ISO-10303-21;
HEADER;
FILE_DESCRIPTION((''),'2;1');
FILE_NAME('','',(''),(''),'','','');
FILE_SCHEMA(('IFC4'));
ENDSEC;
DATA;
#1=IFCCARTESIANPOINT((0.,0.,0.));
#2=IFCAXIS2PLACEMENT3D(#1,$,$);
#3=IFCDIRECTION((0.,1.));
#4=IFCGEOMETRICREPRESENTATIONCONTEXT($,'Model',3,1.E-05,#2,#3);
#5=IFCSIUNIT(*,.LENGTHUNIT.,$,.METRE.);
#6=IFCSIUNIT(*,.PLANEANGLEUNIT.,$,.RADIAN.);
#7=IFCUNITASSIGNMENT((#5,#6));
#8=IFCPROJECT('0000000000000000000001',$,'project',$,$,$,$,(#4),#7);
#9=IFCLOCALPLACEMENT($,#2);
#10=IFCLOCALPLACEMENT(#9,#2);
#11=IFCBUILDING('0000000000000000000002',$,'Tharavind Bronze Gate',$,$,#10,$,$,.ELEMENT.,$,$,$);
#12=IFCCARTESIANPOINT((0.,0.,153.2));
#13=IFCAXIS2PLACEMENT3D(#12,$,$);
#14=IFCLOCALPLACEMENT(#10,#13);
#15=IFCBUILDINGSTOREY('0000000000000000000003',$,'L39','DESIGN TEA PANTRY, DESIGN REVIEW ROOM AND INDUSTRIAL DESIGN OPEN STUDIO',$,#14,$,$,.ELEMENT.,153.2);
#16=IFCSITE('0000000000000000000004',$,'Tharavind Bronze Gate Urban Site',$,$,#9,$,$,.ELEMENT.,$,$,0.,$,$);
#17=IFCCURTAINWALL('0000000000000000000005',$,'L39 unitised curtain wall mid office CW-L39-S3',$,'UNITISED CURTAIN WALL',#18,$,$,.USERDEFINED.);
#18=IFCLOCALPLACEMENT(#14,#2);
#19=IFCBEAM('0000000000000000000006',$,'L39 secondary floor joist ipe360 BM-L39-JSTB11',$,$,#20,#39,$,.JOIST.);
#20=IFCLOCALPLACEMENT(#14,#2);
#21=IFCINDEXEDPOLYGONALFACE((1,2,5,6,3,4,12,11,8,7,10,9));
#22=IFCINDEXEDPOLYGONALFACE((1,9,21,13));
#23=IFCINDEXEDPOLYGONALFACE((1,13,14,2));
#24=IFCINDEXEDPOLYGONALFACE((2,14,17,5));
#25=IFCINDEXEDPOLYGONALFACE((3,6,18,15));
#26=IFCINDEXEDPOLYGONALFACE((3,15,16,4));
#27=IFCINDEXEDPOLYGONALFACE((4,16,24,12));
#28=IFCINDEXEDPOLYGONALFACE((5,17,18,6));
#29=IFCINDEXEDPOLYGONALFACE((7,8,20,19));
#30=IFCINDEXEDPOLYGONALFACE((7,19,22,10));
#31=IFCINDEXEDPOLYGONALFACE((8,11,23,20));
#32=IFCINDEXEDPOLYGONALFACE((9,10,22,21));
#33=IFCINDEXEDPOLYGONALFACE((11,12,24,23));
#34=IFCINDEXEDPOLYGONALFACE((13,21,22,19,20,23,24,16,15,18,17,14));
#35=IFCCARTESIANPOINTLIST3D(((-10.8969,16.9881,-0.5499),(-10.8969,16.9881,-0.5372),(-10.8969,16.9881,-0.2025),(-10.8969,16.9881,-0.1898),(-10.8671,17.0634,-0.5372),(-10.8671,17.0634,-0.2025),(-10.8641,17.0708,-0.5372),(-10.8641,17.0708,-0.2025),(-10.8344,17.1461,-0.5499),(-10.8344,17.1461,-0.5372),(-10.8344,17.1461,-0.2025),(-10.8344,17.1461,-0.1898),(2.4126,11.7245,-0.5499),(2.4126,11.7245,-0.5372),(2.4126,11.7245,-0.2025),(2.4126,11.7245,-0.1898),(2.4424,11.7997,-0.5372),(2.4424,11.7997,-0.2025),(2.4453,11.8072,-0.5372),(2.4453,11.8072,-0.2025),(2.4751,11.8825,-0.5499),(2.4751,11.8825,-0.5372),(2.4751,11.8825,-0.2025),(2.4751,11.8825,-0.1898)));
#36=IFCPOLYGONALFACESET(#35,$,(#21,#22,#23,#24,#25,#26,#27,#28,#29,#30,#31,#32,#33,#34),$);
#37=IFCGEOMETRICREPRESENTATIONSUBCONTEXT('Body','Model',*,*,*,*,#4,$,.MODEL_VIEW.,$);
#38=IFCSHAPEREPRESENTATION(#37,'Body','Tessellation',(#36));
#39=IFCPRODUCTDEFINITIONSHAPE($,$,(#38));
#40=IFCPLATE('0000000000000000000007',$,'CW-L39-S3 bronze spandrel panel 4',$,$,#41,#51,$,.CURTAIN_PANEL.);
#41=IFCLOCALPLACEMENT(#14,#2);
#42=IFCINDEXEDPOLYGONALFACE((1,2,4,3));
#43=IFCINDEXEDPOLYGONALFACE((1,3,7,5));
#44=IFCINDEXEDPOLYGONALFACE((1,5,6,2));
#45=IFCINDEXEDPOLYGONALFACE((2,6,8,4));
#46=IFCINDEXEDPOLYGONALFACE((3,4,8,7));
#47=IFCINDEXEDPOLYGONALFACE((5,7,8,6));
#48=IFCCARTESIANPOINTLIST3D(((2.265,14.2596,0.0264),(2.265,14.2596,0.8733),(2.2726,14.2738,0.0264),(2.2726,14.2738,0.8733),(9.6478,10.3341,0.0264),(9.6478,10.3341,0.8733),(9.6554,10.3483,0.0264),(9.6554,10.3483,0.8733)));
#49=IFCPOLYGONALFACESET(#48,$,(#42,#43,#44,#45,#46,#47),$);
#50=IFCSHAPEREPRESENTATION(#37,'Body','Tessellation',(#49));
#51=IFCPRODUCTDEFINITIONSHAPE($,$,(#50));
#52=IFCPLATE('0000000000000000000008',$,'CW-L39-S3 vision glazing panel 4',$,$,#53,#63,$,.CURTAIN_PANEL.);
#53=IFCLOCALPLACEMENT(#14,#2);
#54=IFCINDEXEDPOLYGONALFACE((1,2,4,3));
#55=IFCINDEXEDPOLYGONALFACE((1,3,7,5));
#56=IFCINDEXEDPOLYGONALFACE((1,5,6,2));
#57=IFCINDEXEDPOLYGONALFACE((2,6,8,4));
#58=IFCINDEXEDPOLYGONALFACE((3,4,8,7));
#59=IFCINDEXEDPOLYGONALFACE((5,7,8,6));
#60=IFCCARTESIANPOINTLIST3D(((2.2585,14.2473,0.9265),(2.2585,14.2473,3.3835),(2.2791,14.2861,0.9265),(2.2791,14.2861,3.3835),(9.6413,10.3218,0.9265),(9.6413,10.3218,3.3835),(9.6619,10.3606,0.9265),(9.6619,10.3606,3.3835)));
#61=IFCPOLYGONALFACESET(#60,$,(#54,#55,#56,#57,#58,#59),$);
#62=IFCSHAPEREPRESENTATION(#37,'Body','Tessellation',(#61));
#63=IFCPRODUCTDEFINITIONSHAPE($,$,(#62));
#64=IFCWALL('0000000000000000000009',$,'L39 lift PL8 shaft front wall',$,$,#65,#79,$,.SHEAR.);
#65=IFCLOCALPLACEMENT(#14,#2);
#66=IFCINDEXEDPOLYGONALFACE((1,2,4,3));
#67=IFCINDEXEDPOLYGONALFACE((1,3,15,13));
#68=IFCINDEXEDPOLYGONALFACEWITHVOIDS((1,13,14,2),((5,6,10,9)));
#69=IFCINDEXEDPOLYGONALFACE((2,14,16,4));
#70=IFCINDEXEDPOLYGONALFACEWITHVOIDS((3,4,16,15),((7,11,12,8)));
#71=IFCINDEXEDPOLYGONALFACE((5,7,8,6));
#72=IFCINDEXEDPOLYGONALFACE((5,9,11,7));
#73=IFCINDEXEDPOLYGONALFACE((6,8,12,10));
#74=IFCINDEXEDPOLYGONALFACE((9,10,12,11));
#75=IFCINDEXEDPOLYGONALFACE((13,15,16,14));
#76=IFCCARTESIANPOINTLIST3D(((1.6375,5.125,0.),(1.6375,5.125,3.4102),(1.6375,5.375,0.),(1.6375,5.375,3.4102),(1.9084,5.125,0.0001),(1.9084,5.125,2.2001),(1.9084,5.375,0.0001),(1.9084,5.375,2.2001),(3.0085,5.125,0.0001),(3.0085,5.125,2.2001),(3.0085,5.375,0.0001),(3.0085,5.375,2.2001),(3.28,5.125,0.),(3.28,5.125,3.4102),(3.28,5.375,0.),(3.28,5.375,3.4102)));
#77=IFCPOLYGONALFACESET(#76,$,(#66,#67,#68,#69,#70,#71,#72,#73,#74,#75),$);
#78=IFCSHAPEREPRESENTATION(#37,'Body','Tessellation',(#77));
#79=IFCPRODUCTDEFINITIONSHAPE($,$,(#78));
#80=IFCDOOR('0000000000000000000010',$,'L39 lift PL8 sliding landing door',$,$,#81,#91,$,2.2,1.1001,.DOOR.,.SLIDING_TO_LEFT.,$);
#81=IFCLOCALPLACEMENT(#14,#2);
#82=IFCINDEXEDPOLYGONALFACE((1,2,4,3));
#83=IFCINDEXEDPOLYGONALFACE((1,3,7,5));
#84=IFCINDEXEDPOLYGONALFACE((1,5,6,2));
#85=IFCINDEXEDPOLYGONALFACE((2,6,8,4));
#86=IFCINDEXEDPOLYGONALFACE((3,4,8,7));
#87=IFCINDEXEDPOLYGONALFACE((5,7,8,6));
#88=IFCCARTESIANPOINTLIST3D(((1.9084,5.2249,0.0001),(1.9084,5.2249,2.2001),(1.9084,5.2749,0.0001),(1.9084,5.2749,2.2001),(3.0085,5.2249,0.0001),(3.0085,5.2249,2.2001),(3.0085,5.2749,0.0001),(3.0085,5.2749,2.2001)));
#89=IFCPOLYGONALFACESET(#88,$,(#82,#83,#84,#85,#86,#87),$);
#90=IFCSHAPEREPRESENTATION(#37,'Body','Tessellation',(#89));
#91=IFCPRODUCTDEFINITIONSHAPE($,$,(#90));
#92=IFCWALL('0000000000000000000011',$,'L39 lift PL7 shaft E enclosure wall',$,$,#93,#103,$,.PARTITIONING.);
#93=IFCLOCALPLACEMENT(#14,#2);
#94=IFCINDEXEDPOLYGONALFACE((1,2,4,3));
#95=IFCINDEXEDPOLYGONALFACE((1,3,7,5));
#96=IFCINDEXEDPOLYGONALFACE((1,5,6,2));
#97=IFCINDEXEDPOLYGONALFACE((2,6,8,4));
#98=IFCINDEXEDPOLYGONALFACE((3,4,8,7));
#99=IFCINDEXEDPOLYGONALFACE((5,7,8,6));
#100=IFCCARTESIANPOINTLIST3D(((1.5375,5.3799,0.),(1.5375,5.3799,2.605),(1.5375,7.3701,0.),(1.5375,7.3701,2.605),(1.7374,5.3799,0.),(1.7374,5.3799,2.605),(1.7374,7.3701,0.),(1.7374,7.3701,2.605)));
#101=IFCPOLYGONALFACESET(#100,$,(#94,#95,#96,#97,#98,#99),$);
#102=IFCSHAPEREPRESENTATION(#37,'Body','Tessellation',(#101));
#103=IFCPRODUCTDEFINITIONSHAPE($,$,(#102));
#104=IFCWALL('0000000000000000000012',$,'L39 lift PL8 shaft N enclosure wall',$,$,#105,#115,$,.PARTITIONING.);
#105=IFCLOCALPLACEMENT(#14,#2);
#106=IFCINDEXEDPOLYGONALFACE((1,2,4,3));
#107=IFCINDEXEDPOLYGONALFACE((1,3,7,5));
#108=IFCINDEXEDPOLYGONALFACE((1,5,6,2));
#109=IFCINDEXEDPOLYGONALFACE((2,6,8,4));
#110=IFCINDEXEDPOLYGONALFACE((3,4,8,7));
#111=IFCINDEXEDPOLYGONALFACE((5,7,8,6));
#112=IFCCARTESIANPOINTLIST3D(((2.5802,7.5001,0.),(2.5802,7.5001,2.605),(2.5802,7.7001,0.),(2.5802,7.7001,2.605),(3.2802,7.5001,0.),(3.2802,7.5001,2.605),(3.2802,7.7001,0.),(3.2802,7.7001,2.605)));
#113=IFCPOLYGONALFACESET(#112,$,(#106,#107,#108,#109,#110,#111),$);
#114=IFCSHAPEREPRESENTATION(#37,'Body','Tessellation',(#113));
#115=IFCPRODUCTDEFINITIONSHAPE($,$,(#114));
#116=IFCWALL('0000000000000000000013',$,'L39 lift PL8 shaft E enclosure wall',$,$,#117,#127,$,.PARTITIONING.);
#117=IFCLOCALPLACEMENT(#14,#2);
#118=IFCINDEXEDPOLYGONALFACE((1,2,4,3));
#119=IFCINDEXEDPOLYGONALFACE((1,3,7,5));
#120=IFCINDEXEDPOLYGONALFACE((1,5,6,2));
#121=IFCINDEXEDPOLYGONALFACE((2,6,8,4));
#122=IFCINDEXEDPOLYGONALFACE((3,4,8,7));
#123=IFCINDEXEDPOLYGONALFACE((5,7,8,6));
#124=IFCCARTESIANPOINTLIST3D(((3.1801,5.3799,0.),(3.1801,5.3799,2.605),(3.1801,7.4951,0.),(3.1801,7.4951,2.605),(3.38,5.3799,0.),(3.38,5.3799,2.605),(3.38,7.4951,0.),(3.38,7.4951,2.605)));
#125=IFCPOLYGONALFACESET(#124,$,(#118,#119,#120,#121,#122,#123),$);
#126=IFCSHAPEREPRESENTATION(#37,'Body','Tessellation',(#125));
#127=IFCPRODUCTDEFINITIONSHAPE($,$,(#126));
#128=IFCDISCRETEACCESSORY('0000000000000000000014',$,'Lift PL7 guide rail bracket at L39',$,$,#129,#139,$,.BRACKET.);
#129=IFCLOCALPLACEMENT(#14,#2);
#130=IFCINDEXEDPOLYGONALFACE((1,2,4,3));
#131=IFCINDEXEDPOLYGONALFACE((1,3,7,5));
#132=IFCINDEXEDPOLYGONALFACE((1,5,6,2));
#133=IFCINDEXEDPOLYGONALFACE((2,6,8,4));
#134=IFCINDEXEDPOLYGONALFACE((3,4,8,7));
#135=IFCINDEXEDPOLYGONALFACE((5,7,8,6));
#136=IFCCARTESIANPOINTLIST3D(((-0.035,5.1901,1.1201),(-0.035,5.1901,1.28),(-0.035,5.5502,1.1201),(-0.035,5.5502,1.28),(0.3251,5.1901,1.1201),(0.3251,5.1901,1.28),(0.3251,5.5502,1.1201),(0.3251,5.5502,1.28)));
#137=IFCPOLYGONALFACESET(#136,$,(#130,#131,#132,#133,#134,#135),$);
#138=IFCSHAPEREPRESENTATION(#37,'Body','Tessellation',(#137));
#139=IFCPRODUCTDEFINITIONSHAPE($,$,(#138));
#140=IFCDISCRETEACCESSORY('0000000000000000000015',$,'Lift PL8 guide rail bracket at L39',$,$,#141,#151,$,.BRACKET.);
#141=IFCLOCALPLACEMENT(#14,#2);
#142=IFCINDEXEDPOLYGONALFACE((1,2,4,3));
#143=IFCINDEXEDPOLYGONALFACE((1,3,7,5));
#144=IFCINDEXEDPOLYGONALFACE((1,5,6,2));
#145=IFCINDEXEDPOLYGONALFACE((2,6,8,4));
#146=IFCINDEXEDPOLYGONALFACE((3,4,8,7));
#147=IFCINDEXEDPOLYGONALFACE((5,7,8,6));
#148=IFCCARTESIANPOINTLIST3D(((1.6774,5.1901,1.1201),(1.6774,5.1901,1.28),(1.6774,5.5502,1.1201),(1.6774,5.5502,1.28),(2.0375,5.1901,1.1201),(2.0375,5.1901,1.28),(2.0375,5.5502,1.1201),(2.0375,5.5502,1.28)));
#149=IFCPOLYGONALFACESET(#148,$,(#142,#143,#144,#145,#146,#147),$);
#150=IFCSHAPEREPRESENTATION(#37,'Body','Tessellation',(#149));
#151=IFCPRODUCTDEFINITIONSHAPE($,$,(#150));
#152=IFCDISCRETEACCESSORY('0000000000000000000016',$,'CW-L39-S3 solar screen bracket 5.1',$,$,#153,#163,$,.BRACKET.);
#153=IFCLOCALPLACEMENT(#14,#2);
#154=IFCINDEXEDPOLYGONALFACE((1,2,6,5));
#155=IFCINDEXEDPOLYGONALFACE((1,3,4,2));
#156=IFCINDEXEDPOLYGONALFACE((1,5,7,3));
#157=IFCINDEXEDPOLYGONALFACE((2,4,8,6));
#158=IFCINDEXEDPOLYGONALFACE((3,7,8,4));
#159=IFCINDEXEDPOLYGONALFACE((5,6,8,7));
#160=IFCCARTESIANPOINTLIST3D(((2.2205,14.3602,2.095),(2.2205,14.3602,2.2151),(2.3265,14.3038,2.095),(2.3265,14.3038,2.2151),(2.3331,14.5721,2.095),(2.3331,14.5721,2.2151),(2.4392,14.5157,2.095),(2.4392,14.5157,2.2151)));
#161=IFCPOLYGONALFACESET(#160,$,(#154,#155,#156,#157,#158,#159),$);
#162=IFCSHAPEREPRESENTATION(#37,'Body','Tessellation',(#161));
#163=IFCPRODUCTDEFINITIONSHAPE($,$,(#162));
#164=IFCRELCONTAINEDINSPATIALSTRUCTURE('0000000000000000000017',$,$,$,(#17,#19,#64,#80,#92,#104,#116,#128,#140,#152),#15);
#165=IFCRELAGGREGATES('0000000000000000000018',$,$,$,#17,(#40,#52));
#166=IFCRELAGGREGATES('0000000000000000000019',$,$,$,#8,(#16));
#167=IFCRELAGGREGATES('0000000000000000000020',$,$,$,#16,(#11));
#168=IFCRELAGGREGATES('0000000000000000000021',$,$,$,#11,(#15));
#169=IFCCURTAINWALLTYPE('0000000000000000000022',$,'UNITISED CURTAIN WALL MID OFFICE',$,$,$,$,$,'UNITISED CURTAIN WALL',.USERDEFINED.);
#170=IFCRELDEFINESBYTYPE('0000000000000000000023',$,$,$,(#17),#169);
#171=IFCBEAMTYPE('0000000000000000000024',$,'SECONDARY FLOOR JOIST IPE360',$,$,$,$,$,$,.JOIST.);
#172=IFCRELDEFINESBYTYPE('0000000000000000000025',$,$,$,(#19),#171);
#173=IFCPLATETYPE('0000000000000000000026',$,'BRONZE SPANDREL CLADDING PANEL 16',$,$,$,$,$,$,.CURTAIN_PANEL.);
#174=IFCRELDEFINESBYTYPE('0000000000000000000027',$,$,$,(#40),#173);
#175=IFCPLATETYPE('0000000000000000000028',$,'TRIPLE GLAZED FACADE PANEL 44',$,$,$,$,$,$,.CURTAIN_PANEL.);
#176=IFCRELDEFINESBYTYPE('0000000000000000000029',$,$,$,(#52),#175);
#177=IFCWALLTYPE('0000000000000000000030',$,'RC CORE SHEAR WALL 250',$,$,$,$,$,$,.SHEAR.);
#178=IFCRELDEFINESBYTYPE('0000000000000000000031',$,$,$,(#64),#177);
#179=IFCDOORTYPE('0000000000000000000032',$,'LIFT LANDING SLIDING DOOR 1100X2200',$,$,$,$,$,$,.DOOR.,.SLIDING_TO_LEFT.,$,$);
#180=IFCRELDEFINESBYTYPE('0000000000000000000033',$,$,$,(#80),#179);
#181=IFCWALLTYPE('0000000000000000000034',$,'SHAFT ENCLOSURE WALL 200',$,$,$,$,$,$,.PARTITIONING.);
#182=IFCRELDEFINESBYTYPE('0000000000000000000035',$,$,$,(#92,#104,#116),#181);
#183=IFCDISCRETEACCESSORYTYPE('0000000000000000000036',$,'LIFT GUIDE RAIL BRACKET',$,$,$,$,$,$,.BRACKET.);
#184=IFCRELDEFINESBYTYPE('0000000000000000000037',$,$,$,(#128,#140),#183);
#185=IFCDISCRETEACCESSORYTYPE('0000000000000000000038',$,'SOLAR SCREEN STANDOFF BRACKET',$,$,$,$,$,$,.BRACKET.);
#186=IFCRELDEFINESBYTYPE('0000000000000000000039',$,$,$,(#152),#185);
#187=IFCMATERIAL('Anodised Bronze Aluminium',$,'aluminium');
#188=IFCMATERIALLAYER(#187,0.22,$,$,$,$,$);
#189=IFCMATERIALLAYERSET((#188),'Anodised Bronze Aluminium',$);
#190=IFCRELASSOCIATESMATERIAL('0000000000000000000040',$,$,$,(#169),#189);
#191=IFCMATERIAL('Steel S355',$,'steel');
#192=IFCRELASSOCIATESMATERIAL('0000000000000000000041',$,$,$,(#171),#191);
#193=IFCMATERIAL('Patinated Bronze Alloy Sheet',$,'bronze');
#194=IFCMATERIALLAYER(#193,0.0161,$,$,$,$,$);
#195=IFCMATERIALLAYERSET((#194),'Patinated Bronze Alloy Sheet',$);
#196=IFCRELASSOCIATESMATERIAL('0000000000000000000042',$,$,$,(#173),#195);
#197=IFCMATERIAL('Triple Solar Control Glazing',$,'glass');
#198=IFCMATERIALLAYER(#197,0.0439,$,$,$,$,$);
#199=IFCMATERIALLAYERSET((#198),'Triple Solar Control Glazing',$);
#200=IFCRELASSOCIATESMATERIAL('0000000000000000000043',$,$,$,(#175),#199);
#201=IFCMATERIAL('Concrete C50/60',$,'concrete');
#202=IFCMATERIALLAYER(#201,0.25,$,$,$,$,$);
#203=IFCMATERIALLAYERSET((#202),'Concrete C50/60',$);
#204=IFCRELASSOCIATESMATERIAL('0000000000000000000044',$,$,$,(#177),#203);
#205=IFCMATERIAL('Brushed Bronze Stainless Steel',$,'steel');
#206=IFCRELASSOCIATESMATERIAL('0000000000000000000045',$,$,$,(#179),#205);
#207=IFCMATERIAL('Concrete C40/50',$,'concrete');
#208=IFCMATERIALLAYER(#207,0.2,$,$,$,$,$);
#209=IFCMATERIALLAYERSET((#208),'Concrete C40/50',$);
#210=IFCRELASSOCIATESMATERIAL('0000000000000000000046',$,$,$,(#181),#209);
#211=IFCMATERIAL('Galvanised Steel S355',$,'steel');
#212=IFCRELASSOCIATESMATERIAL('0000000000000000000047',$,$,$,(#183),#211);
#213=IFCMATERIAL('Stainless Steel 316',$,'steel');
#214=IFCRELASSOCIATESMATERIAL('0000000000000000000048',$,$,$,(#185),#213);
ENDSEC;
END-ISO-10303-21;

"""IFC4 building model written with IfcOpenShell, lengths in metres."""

from ifc_helpers import new_model, si_unit, direction, frame, frame_2d, origin, origin_2d, place, context, subcontext, project, spatial, rectangle, i_section, extrude, material, layer, layer_set, material_profile, profile_set, type_object, element, fill, aggregate, save


model = new_model("IFC4")

# Units and contexts
model_context = context("Model", 3, precision=1e-05, world=origin(), true_north=direction((0.0, 1.0)))
body_context = subcontext(model_context, "Body", "Model", "MODEL_VIEW")
ifc_project = project(units=[si_unit("LENGTHUNIT", "METRE"), si_unit("PLANEANGLEUNIT", "RADIAN")], contexts=[model_context])

# Site, building, storey
site_placement = place(None, origin())
site = spatial("IfcSite", under=ifc_project, at=site_placement, Name="Tharavind Bronze Gate Urban Site", CompositionType="ELEMENT", RefElevation=0.0)
building_placement = place(site_placement, origin())
building = spatial("IfcBuilding", under=site, at=building_placement, Name="Tharavind Bronze Gate", CompositionType="ELEMENT")
storey_placement = place(building_placement, frame((0.0, 0.0, 153.2)))
storey = spatial("IfcBuildingStorey", under=building, at=storey_placement, Name="L39", Description="DESIGN TEA PANTRY, DESIGN REVIEW ROOM AND INDUSTRIAL DESIGN OPEN STUDIO", CompositionType="ELEMENT", Elevation=153.2)

# Curtain wall
ifc_material_1 = material(Name="Anodised Bronze Aluminium", Category="aluminium")
ifc_layer_1 = layer(ifc_material_1, 0.22)
ifc_layer_set_1 = layer_set([ifc_layer_1], Name="Anodised Bronze Aluminium")
curtain_wall_type = type_object("IfcCurtainWallType", Name="UNITISED CURTAIN WALL MID OFFICE", ElementType="UNITISED CURTAIN WALL", PredefinedType="USERDEFINED", material=ifc_layer_set_1)
curtain_wall_placement = place(storey_placement, origin())
curtain_wall = element("IfcCurtainWall", 1, at=curtain_wall_placement, inside=storey, type_object=curtain_wall_type, Name="L39 unitised curtain wall mid office CW-L39-S3", ObjectType="UNITISED CURTAIN WALL", PredefinedType="USERDEFINED")

# Beam
ifc_material_2 = material(Name="Steel S355", Category="steel")
ifc_material_profile_1 = material_profile(ifc_material_2, i_section(OverallWidth=0.1699, OverallDepth=0.3601, WebThickness=0.0081, FlangeThickness=0.0127, at=origin_2d()), Name="IPE360")
ifc_profile_set_1 = profile_set([ifc_material_profile_1], Name="Steel S355")
beam_type_1 = type_object("IfcBeamType", Name="SECONDARY FLOOR JOIST IPE360", PredefinedType="JOIST", material=ifc_profile_set_1)
beam_1_placement = place(storey_placement, frame((2.4438, 11.8035, -0.3699), z_axis=(-0.929919, 0.367765, 0.0), x_axis=(-0.367765, -0.929919, 0.0)))
element("IfcBeam", 2, at=beam_1_placement, inside=storey, type_object=beam_type_1, Name="L39 secondary floor joist ipe360 BM-L39-JSTB11", PredefinedType="JOIST", context=body_context, shape_type="SweptSolid", body=[
    extrude(i_section(OverallWidth=0.1699, OverallDepth=0.3601, WebThickness=0.0081, FlangeThickness=0.0127, at=origin_2d()), origin(), (0.0, 0.0, 1.0), 14.3125),
])

# Plates
ifc_material_3 = material(Name="Patinated Bronze Alloy Sheet", Category="bronze")
ifc_layer_2 = layer(ifc_material_3, 0.0161)
ifc_layer_set_2 = layer_set([ifc_layer_2], Name="Patinated Bronze Alloy Sheet")
plate_type_1 = type_object("IfcPlateType", Name="BRONZE SPANDREL CLADDING PANEL 16", PredefinedType="CURTAIN_PANEL", material=ifc_layer_set_2)
plate_1_placement = place(storey_placement, frame((5.9602, 12.304, 0.0264), z_axis=(0.0, 0.0, 1.0), x_axis=(-0.882948, 0.469472, 0.0)))
plate_1 = element("IfcPlate", 3, at=plate_1_placement, type_object=plate_type_1, Name="CW-L39-S3 bronze spandrel panel 4", PredefinedType="CURTAIN_PANEL", context=body_context, shape_type="SweptSolid", body=[
    extrude(rectangle(XDim=8.3616, YDim=0.0161, at=origin_2d()), origin(), (0.0, 0.0, 1.0), 0.8469),
])
ifc_material_4 = material(Name="Triple Solar Control Glazing", Category="glass")
ifc_layer_3 = layer(ifc_material_4, 0.0439)
ifc_layer_set_3 = layer_set([ifc_layer_3], Name="Triple Solar Control Glazing")
plate_type_2 = type_object("IfcPlateType", Name="TRIPLE GLAZED FACADE PANEL 44", PredefinedType="CURTAIN_PANEL", material=ifc_layer_set_3)
plate_2_placement = place(storey_placement, frame((5.9602, 12.304, 0.9265), z_axis=(0.0, 0.0, 1.0), x_axis=(-0.882948, 0.469472, 0.0)))
plate_2 = element("IfcPlate", 4, at=plate_2_placement, type_object=plate_type_2, Name="CW-L39-S3 vision glazing panel 4", PredefinedType="CURTAIN_PANEL", context=body_context, shape_type="SweptSolid", body=[
    extrude(rectangle(XDim=8.3616, YDim=0.0439, at=origin_2d()), origin(), (0.0, 0.0, 1.0), 2.457),
])
aggregate(curtain_wall, [plate_1, plate_2])

# Wall, opening, door
ifc_material_5 = material(Name="Concrete C50/60", Category="concrete")
ifc_layer_4 = layer(ifc_material_5, 0.25)
ifc_layer_set_4 = layer_set([ifc_layer_4], Name="Concrete C50/60")
wall_type_1 = type_object("IfcWallType", Name="RC CORE SHEAR WALL 250", PredefinedType="SHEAR", material=ifc_layer_set_4)
wall_1_placement = place(storey_placement, frame((1.6375, 5.25, 0.0), z_axis=(0.0, 0.0, 1.0), x_axis=(1.0, 0.0, 0.0)))
wall_1 = element("IfcWall", 5, at=wall_1_placement, inside=storey, type_object=wall_type_1, Name="L39 lift PL8 shaft front wall", PredefinedType="SHEAR", context=body_context, shape_type="SweptSolid", body=[
    extrude(rectangle(XDim=1.6426, YDim=0.25, at=frame_2d((0.8213, 0.0))), origin(), (0.0, 0.0, 1.0), 3.4102),
])
opening_placement = place(wall_1_placement, frame((0.271, 0.0, 0.0)))
opening = element("IfcOpeningElement", 6, at=opening_placement, cuts=wall_1, PredefinedType="OPENING", context=body_context, shape_type="SweptSolid", body=[
    extrude(rectangle(XDim=1.1001, YDim=2.2, at=frame_2d((0.55, 1.1001))), frame((0.0, 0.135, 0.0), z_axis=(0.0, -1.0, 0.0), x_axis=(1.0, 0.0, 0.0)), (0.0, 0.0, 1.0), 0.27),
])
ifc_material_6 = material(Name="Brushed Bronze Stainless Steel", Category="steel")
door_type = type_object("IfcDoorType", Name="LIFT LANDING SLIDING DOOR 1100X2200", OperationType="SLIDING_TO_LEFT", PredefinedType="DOOR", material=ifc_material_6)
door_placement = place(opening_placement, origin())
door = element("IfcDoor", 7, at=door_placement, inside=storey, type_object=door_type, Name="L39 lift PL8 sliding landing door", OperationType="SLIDING_TO_LEFT", OverallHeight=2.2, OverallWidth=1.1001, PredefinedType="DOOR", context=body_context, shape_type="SweptSolid", body=[
    extrude(rectangle(XDim=1.1001, YDim=2.2, at=frame_2d((0.55, 1.1001))), frame((0.0, 0.0249, 0.0), z_axis=(0.0, -1.0, 0.0), x_axis=(1.0, 0.0, 0.0)), (0.0, 0.0, 1.0), 0.05),
])
fill(opening, door)

# Walls
ifc_material_7 = material(Name="Concrete C40/50", Category="concrete")
ifc_layer_5 = layer(ifc_material_7, 0.2)
ifc_layer_set_5 = layer_set([ifc_layer_5], Name="Concrete C40/50")
wall_type_2 = type_object("IfcWallType", Name="SHAFT ENCLOSURE WALL 200", PredefinedType="PARTITIONING", material=ifc_layer_set_5)
wall_2_placement = place(storey_placement, frame((1.6375, 5.3799, 0.0), z_axis=(0.0, 0.0, 1.0), x_axis=(0.0, 1.0, 0.0)))
element("IfcWall", 8, at=wall_2_placement, inside=storey, type_object=wall_type_2, Name="L39 lift PL7 shaft E enclosure wall", PredefinedType="PARTITIONING", context=body_context, shape_type="SweptSolid", body=[
    extrude(rectangle(XDim=1.9902, YDim=0.2, at=frame_2d((0.9951, 0.0))), origin(), (0.0, 0.0, 1.0), 2.605),
])
wall_3_placement = place(storey_placement, frame((2.5801, 7.6001, 0.0), z_axis=(0.0, 0.0, 1.0), x_axis=(1.0, 0.0, 0.0)))
element("IfcWall", 9, at=wall_3_placement, inside=storey, type_object=wall_type_2, Name="L39 lift PL8 shaft N enclosure wall", PredefinedType="PARTITIONING", context=body_context, shape_type="SweptSolid", body=[
    extrude(rectangle(XDim=0.7, YDim=0.2, at=frame_2d((0.3501, 0.0))), origin(), (0.0, 0.0, 1.0), 2.605),
])
wall_4_placement = place(storey_placement, frame((3.28, 5.3799, 0.0), z_axis=(0.0, 0.0, 1.0), x_axis=(0.0, 1.0, 0.0)))
element("IfcWall", 10, at=wall_4_placement, inside=storey, type_object=wall_type_2, Name="L39 lift PL8 shaft E enclosure wall", PredefinedType="PARTITIONING", context=body_context, shape_type="SweptSolid", body=[
    extrude(rectangle(XDim=2.1152, YDim=0.2, at=frame_2d((1.0576, 0.0))), origin(), (0.0, 0.0, 1.0), 2.605),
])

# Discrete accessories
ifc_material_8 = material(Name="Galvanised Steel S355", Category="steel")
discrete_accessory_type_1 = type_object("IfcDiscreteAccessoryType", Name="LIFT GUIDE RAIL BRACKET", PredefinedType="BRACKET", material=ifc_material_8)
for number, where, z_axis, x_axis, name in (
    (11, (0.145, 5.3701, 1.1201), (0.0, 0.0, 1.0), (1.0, 0.0, 0.0), "Lift PL7 guide rail bracket at L39"),
    (12, (1.8574, 5.3701, 1.1201), (0.0, 0.0, 1.0), (1.0, 0.0, 0.0), "Lift PL8 guide rail bracket at L39"),
):
    element("IfcDiscreteAccessory", number, at=place(storey_placement, frame(where, z_axis=z_axis, x_axis=x_axis)), inside=storey, type_object=discrete_accessory_type_1, Name=name, PredefinedType="BRACKET", context=body_context, shape_type="SweptSolid", body=[
        extrude(rectangle(XDim=0.3601, YDim=0.3601, at=origin_2d()), origin(), (0.0, 0.0, 1.0), 0.1599),
    ])
ifc_material_9 = material(Name="Stainless Steel 316", Category="steel")
discrete_accessory_type_2 = type_object("IfcDiscreteAccessoryType", Name="SOLAR SCREEN STANDOFF BRACKET", PredefinedType="BRACKET", material=ifc_material_9)
discrete_accessory_placement = place(storey_placement, frame((2.3298, 14.438, 2.095), z_axis=(0.0, 0.0, 1.0), x_axis=(-0.882948, 0.469472, 0.0)))
element("IfcDiscreteAccessory", 13, at=discrete_accessory_placement, inside=storey, type_object=discrete_accessory_type_2, Name="CW-L39-S3 solar screen bracket 5.1", PredefinedType="BRACKET", context=body_context, shape_type="SweptSolid", body=[
    extrude(rectangle(XDim=0.1201, YDim=0.24, at=origin_2d()), origin(), (0.0, 0.0, 1.0), 0.1201),
])

save(model, "model.ifc")
